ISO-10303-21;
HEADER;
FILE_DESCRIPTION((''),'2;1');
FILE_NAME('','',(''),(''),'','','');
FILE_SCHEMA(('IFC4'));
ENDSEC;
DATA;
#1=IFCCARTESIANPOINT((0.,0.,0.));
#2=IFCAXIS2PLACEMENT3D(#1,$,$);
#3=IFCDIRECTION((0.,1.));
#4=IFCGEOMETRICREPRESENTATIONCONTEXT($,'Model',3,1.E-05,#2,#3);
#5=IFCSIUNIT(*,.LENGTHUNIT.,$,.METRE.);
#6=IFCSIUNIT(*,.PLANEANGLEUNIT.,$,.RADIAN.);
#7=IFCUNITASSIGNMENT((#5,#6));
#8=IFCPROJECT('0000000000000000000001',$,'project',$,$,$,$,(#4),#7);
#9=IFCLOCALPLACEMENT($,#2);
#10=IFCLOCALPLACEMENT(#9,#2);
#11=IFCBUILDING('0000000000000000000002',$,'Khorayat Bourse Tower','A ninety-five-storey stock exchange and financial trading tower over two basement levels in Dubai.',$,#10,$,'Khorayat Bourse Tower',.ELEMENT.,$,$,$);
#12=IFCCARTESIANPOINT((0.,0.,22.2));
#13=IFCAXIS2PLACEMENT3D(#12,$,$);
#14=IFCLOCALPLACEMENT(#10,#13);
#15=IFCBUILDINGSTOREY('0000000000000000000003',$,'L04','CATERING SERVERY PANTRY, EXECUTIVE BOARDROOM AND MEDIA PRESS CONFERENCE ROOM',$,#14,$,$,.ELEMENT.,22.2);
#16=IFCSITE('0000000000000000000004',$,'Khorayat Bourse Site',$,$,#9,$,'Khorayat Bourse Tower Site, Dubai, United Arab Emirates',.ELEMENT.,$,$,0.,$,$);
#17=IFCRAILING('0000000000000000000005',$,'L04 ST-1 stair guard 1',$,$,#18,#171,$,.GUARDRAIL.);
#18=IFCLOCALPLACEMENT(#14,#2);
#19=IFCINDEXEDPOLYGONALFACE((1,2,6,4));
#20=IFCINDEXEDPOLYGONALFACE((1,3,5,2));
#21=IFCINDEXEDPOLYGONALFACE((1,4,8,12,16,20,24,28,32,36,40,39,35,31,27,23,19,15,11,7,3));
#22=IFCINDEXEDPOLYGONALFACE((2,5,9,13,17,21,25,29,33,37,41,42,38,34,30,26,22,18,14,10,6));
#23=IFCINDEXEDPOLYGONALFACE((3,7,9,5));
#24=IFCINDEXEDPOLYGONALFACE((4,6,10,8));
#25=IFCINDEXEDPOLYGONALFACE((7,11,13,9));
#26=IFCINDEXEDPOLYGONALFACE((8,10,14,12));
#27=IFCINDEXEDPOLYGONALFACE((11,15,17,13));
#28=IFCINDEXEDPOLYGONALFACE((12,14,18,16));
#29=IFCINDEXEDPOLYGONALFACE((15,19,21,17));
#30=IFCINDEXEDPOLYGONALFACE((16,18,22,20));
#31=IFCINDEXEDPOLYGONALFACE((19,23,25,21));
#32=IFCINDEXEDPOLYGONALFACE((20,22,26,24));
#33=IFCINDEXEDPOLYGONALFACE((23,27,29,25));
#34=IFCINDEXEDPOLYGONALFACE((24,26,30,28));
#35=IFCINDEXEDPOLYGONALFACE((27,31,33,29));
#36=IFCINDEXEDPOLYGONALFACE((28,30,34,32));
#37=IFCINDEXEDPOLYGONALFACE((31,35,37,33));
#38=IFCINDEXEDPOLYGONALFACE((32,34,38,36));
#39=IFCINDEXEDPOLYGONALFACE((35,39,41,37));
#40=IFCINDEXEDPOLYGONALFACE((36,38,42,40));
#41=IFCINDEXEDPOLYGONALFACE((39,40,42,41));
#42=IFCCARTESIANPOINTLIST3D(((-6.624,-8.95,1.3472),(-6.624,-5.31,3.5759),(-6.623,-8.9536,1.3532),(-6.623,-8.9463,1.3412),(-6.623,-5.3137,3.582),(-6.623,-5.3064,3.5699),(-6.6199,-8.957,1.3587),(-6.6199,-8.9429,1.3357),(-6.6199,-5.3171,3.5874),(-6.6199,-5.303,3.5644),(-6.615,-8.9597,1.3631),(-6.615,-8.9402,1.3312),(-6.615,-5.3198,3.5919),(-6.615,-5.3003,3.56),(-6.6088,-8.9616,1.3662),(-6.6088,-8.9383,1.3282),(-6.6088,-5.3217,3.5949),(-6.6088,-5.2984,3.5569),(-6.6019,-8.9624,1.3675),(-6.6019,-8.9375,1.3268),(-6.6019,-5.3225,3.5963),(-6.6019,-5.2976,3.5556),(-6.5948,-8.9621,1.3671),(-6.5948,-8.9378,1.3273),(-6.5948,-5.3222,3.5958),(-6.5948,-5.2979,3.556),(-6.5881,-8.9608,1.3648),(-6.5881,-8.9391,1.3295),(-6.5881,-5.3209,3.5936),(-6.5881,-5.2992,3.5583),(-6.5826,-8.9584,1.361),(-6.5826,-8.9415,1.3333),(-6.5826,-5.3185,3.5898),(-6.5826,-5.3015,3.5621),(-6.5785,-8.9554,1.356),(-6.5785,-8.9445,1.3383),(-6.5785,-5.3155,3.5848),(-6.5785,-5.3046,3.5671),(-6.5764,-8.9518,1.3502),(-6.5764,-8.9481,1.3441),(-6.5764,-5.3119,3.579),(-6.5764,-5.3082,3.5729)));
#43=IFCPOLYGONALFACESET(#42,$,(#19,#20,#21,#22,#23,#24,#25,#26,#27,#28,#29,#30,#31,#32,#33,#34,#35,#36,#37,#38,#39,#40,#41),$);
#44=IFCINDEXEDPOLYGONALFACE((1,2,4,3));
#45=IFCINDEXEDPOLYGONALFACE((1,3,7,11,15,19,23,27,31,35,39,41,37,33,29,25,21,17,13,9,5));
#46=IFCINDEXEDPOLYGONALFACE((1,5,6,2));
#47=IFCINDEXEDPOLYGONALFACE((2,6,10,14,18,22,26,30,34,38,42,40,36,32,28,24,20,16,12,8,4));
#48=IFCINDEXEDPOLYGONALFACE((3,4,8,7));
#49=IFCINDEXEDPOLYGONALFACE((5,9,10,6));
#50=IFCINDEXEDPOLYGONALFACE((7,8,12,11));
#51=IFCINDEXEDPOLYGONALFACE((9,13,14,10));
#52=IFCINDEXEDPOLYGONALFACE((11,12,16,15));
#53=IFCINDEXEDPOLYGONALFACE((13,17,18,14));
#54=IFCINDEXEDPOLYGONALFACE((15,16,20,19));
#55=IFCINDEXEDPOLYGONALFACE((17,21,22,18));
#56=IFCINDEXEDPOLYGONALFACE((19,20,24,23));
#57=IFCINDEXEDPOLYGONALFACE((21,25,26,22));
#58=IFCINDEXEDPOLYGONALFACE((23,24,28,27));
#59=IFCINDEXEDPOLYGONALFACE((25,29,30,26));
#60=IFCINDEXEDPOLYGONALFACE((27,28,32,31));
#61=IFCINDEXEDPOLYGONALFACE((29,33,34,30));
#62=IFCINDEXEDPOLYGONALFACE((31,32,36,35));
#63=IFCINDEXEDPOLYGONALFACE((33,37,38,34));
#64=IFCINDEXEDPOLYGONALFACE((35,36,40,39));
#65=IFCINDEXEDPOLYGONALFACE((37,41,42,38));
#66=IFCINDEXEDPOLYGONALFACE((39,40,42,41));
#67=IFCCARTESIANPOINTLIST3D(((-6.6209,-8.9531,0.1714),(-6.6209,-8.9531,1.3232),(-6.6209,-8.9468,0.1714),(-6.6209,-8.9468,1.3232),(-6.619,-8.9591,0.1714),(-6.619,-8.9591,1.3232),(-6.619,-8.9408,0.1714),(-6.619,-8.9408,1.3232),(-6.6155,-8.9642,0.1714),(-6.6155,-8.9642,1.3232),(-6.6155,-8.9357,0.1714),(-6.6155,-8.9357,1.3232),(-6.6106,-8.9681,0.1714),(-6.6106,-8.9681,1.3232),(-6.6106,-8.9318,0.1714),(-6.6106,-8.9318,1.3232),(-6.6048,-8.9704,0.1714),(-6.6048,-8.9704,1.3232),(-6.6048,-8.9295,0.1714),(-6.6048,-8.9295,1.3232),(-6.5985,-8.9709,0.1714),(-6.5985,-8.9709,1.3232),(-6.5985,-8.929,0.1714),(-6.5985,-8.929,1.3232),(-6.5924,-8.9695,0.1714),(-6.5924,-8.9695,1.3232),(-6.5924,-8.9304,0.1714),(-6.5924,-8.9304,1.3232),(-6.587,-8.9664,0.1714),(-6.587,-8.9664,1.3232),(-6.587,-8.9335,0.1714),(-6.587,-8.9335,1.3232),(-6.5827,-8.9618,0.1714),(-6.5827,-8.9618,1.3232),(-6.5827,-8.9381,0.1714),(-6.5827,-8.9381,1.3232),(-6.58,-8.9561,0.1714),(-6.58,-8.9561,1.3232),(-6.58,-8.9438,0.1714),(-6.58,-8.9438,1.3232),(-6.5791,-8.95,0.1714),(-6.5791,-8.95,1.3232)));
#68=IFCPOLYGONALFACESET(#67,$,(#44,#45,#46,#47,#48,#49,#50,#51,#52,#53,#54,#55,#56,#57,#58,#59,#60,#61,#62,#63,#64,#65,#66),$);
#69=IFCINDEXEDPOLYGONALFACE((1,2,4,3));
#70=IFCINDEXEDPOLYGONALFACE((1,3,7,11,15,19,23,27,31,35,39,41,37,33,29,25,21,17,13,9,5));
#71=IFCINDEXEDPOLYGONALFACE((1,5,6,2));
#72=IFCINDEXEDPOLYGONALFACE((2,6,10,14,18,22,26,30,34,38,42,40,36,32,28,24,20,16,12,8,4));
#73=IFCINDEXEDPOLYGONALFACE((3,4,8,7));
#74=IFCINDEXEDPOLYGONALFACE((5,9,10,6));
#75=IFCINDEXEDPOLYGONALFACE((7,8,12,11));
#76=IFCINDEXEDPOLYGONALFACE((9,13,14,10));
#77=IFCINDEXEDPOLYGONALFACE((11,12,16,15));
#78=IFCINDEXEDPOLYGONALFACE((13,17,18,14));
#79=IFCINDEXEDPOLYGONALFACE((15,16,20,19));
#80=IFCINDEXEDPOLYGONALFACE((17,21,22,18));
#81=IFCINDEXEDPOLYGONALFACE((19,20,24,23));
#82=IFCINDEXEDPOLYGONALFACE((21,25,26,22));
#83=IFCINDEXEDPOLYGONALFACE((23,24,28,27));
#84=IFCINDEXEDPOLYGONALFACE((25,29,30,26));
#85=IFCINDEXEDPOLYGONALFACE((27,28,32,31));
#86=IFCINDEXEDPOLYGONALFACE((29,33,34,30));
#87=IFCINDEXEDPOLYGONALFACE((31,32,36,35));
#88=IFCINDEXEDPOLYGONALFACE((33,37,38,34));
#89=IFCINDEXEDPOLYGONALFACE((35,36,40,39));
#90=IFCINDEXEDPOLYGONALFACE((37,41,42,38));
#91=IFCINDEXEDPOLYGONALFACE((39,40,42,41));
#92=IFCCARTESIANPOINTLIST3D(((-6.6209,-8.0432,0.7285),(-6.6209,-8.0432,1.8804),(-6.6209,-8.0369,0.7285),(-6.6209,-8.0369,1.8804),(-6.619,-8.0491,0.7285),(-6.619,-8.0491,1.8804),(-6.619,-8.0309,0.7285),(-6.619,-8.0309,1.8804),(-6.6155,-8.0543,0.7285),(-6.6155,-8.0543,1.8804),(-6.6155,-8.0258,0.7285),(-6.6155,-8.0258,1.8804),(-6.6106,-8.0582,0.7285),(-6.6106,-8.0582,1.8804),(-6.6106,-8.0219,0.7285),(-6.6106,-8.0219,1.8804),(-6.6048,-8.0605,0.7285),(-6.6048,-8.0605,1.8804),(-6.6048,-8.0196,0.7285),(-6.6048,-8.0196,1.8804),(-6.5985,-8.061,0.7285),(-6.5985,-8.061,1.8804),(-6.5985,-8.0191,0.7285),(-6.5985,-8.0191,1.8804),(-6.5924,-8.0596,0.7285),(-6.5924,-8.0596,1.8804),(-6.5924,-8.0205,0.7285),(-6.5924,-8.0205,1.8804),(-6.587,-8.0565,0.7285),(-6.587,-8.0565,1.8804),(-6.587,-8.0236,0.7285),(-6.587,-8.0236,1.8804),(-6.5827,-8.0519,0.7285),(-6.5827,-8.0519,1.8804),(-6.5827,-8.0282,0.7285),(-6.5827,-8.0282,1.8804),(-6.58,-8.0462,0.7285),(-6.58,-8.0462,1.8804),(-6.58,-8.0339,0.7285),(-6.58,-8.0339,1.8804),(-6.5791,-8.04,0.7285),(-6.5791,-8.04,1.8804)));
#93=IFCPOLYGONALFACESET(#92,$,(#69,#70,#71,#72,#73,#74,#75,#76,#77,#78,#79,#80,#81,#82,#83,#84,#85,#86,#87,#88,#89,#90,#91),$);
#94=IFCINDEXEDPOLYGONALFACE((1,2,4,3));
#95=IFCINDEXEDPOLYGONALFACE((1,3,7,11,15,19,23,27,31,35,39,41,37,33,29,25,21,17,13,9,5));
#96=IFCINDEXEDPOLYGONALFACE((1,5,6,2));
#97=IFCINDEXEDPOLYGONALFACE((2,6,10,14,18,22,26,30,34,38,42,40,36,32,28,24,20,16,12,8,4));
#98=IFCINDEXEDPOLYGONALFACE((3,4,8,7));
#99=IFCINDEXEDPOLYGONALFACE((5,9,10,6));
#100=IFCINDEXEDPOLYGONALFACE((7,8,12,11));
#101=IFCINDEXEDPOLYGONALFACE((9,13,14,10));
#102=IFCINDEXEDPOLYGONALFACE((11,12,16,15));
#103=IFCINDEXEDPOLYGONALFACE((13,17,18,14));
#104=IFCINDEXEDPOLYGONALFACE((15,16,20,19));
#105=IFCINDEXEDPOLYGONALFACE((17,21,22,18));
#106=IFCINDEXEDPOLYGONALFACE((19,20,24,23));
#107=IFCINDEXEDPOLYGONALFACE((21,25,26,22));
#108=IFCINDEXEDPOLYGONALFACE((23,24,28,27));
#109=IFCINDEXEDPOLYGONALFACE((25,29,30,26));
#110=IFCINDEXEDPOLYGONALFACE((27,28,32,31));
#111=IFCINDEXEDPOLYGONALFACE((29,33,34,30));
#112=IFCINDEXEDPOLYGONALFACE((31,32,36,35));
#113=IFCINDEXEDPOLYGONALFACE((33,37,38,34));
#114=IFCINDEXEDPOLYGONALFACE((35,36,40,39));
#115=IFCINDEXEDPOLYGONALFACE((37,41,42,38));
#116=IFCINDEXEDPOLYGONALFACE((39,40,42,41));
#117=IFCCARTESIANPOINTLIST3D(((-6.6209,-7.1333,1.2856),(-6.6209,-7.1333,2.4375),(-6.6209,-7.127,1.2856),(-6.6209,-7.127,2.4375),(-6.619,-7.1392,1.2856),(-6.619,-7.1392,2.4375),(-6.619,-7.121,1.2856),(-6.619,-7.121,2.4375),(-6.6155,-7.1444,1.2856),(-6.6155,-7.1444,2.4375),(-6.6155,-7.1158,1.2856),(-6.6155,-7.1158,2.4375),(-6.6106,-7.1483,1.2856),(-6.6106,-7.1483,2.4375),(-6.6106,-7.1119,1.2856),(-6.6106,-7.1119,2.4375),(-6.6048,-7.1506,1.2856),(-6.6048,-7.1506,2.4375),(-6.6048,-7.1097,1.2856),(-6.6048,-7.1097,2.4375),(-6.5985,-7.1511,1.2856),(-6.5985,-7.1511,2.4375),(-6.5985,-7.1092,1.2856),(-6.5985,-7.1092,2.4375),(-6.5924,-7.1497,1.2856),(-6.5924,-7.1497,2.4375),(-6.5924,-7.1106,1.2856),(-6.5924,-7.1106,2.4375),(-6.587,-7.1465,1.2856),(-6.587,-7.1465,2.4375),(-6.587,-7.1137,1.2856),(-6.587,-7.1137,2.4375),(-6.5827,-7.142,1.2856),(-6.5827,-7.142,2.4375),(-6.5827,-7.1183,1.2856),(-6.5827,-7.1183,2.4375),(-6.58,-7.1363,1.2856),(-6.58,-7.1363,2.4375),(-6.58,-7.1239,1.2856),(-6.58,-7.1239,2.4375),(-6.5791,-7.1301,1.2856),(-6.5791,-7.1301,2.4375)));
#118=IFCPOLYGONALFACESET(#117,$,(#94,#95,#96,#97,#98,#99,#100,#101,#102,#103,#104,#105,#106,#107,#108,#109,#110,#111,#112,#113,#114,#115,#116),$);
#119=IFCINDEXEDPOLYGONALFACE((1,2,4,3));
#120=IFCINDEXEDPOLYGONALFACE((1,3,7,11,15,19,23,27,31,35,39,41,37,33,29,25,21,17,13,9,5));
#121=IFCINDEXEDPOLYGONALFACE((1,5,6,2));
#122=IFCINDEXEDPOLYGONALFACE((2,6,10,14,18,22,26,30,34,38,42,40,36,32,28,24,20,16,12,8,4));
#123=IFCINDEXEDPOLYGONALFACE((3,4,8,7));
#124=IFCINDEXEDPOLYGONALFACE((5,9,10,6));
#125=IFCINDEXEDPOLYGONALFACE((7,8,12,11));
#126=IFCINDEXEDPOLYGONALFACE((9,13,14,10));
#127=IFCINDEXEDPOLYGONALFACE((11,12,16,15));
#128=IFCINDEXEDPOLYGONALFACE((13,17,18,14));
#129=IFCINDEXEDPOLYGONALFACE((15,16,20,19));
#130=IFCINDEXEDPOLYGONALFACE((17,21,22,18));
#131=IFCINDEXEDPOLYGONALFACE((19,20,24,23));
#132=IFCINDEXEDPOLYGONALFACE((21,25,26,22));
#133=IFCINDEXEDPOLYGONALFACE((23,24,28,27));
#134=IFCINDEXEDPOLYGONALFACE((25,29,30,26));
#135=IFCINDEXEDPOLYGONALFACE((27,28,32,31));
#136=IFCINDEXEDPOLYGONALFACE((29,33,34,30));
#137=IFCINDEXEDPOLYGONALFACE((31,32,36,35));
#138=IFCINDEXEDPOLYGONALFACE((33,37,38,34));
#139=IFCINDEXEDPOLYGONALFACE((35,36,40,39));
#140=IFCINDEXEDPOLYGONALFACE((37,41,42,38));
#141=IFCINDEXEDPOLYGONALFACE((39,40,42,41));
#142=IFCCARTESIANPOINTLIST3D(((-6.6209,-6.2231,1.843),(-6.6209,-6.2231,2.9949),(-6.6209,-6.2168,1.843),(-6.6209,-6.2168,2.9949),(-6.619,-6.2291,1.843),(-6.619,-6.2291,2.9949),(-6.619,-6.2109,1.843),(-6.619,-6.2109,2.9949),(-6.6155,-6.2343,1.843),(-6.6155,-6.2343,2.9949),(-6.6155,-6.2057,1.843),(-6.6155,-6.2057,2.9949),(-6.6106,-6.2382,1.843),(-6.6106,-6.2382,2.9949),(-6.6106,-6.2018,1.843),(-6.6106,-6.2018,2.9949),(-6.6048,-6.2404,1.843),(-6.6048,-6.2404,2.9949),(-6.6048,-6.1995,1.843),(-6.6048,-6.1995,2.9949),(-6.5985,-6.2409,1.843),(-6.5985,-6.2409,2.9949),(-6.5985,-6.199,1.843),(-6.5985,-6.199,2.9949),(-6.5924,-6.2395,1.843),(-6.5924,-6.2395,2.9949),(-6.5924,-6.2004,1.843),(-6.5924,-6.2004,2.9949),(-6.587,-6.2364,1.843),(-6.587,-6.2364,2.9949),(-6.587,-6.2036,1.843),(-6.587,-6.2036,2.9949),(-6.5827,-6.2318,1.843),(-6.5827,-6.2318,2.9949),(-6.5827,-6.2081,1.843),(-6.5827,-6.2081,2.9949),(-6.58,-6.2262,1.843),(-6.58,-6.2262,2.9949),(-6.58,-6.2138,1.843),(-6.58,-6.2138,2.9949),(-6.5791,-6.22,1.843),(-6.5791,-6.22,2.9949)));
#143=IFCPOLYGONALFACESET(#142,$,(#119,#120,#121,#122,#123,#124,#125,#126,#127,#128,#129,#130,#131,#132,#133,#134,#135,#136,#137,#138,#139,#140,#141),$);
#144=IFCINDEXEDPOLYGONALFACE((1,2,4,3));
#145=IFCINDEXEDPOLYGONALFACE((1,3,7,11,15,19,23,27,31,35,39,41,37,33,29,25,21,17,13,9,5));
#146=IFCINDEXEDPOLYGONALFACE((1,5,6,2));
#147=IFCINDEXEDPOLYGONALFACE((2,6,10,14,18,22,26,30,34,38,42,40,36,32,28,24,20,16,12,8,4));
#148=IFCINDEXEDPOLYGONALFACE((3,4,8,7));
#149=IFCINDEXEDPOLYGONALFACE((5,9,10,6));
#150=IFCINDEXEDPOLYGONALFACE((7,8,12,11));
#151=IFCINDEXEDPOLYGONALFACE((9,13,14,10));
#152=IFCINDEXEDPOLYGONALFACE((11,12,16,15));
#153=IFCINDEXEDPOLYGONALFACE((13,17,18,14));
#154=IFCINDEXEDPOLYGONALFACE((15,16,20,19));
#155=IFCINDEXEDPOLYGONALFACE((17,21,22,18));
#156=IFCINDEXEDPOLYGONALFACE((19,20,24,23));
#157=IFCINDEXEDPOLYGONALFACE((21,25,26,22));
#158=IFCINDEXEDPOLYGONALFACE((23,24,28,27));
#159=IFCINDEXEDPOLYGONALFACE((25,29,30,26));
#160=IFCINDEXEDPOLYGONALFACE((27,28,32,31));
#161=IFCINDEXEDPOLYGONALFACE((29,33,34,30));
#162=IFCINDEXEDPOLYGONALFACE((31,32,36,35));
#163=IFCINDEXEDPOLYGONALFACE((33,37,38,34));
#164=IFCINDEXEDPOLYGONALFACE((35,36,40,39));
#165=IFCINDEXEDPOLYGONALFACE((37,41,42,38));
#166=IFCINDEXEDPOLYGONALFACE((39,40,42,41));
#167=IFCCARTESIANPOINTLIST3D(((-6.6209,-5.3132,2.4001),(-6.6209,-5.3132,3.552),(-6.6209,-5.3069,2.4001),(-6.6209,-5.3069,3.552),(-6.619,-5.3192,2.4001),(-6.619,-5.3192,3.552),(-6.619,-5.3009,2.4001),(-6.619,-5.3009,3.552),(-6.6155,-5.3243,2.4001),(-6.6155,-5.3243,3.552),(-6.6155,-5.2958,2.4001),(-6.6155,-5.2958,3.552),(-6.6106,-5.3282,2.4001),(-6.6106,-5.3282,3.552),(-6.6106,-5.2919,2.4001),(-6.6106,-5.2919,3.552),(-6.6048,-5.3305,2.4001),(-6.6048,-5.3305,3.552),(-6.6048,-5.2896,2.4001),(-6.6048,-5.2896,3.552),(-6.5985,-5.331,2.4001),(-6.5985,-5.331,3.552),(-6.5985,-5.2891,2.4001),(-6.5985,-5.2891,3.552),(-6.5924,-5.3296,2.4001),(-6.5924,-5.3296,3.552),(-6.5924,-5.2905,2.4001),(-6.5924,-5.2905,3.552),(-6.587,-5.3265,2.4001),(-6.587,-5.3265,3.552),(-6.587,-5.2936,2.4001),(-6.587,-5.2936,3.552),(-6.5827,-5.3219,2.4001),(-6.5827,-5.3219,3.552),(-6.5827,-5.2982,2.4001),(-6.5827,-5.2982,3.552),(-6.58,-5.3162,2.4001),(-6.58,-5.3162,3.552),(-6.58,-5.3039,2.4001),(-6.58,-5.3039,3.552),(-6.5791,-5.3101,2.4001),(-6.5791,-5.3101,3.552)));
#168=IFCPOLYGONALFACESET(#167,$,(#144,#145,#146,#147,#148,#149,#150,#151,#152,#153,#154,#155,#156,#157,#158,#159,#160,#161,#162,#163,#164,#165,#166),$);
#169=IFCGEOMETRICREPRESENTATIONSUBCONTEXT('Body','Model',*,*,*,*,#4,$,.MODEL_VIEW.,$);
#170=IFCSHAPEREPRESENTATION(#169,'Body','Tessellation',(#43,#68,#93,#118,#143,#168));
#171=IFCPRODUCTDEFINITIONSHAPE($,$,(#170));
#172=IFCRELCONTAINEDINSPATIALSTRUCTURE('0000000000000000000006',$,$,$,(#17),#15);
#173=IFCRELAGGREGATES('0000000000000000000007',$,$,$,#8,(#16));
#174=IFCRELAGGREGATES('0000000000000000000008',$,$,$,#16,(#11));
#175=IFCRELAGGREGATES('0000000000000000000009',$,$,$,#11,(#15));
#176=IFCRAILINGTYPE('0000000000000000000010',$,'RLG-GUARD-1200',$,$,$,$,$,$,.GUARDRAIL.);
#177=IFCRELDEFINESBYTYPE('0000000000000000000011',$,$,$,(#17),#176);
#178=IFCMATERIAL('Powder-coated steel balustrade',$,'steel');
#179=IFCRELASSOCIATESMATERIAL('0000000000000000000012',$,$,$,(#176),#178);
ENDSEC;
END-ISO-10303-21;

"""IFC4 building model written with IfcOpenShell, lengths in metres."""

from ifc_helpers import new_model, si_unit, direction, frame, origin, origin_2d, place, context, subcontext, project, spatial, circle, extrude, source, transform, mapped, material, type_object, element, save


model = new_model("IFC4")

# Units and contexts
model_context = context("Model", 3, precision=1e-05, world=origin(), true_north=direction((0.0, 1.0)))
body_context = subcontext(model_context, "Body", "Model", "MODEL_VIEW")
ifc_project = project(units=[si_unit("LENGTHUNIT", "METRE"), si_unit("PLANEANGLEUNIT", "RADIAN")], contexts=[model_context])

# Site, building, storey
site_placement = place(None, origin())
site = spatial("IfcSite", under=ifc_project, at=site_placement, Name="Khorayat Bourse Site", LongName="Khorayat Bourse Tower Site, Dubai, United Arab Emirates", CompositionType="ELEMENT", RefElevation=0.0)
building_placement = place(site_placement, origin())
building = spatial("IfcBuilding", under=site, at=building_placement, Name="Khorayat Bourse Tower", Description="A ninety-five-storey stock exchange and financial trading tower over two basement levels in Dubai.", LongName="Khorayat Bourse Tower", CompositionType="ELEMENT")
storey_placement = place(building_placement, frame((0.0, 0.0, 22.2)))
storey = spatial("IfcBuildingStorey", under=building, at=storey_placement, Name="L04", Description="CATERING SERVERY PANTRY, EXECUTIVE BOARDROOM AND MEDIA PRESS CONFERENCE ROOM", CompositionType="ELEMENT", Elevation=22.2)

# Railing
ifc_material_1 = material(Name="Powder-coated steel balustrade", Category="steel")
railing_type_1 = type_object("IfcRailingType", Name="RLG-GUARD-1200", PredefinedType="GUARDRAIL", material=ifc_material_1)
shared_shape_1 = source(origin(), body_context, "Body", "SweptSolid", [
    extrude(circle(Radius=0.0239, at=origin_2d()), frame((0.0, 0.0, 1.1758), z_axis=(0.0, 0.852825, 0.522197), x_axis=(-1.0, 0.0, 0.0)), (0.0, 0.0, 1.0), 4.2681),
    extrude(circle(Radius=0.021, at=origin_2d()), origin(), (0.0, 0.0, 1.0), 1.1519),
    extrude(circle(Radius=0.021, at=origin_2d()), frame((0.0, 0.9099, 0.5571)), (0.0, 0.0, 1.0), 1.1519),
    extrude(circle(Radius=0.021, at=origin_2d()), frame((0.0, 1.8198, 1.1143)), (0.0, 0.0, 1.0), 1.1519),
    extrude(circle(Radius=0.021, at=origin_2d()), frame((0.0, 2.73, 1.6716)), (0.0, 0.0, 1.0), 1.1519),
    extrude(circle(Radius=0.021, at=origin_2d()), frame((0.0, 3.6399, 2.2288)), (0.0, 0.0, 1.0), 1.1519),
])
railing_1_placement = place(storey_placement, frame((-6.6001, -8.95, 0.1714)))
element("IfcRailing", 1, at=railing_1_placement, inside=storey, type_object=railing_type_1, Name="L04 ST-1 stair guard 1", PredefinedType="GUARDRAIL", context=body_context, shape_type="MappedRepresentation", body=[
    mapped(shared_shape_1, transform((0.0, 0.0, 0.0), scale=1.0)),
])

save(model, "model.ifc")
